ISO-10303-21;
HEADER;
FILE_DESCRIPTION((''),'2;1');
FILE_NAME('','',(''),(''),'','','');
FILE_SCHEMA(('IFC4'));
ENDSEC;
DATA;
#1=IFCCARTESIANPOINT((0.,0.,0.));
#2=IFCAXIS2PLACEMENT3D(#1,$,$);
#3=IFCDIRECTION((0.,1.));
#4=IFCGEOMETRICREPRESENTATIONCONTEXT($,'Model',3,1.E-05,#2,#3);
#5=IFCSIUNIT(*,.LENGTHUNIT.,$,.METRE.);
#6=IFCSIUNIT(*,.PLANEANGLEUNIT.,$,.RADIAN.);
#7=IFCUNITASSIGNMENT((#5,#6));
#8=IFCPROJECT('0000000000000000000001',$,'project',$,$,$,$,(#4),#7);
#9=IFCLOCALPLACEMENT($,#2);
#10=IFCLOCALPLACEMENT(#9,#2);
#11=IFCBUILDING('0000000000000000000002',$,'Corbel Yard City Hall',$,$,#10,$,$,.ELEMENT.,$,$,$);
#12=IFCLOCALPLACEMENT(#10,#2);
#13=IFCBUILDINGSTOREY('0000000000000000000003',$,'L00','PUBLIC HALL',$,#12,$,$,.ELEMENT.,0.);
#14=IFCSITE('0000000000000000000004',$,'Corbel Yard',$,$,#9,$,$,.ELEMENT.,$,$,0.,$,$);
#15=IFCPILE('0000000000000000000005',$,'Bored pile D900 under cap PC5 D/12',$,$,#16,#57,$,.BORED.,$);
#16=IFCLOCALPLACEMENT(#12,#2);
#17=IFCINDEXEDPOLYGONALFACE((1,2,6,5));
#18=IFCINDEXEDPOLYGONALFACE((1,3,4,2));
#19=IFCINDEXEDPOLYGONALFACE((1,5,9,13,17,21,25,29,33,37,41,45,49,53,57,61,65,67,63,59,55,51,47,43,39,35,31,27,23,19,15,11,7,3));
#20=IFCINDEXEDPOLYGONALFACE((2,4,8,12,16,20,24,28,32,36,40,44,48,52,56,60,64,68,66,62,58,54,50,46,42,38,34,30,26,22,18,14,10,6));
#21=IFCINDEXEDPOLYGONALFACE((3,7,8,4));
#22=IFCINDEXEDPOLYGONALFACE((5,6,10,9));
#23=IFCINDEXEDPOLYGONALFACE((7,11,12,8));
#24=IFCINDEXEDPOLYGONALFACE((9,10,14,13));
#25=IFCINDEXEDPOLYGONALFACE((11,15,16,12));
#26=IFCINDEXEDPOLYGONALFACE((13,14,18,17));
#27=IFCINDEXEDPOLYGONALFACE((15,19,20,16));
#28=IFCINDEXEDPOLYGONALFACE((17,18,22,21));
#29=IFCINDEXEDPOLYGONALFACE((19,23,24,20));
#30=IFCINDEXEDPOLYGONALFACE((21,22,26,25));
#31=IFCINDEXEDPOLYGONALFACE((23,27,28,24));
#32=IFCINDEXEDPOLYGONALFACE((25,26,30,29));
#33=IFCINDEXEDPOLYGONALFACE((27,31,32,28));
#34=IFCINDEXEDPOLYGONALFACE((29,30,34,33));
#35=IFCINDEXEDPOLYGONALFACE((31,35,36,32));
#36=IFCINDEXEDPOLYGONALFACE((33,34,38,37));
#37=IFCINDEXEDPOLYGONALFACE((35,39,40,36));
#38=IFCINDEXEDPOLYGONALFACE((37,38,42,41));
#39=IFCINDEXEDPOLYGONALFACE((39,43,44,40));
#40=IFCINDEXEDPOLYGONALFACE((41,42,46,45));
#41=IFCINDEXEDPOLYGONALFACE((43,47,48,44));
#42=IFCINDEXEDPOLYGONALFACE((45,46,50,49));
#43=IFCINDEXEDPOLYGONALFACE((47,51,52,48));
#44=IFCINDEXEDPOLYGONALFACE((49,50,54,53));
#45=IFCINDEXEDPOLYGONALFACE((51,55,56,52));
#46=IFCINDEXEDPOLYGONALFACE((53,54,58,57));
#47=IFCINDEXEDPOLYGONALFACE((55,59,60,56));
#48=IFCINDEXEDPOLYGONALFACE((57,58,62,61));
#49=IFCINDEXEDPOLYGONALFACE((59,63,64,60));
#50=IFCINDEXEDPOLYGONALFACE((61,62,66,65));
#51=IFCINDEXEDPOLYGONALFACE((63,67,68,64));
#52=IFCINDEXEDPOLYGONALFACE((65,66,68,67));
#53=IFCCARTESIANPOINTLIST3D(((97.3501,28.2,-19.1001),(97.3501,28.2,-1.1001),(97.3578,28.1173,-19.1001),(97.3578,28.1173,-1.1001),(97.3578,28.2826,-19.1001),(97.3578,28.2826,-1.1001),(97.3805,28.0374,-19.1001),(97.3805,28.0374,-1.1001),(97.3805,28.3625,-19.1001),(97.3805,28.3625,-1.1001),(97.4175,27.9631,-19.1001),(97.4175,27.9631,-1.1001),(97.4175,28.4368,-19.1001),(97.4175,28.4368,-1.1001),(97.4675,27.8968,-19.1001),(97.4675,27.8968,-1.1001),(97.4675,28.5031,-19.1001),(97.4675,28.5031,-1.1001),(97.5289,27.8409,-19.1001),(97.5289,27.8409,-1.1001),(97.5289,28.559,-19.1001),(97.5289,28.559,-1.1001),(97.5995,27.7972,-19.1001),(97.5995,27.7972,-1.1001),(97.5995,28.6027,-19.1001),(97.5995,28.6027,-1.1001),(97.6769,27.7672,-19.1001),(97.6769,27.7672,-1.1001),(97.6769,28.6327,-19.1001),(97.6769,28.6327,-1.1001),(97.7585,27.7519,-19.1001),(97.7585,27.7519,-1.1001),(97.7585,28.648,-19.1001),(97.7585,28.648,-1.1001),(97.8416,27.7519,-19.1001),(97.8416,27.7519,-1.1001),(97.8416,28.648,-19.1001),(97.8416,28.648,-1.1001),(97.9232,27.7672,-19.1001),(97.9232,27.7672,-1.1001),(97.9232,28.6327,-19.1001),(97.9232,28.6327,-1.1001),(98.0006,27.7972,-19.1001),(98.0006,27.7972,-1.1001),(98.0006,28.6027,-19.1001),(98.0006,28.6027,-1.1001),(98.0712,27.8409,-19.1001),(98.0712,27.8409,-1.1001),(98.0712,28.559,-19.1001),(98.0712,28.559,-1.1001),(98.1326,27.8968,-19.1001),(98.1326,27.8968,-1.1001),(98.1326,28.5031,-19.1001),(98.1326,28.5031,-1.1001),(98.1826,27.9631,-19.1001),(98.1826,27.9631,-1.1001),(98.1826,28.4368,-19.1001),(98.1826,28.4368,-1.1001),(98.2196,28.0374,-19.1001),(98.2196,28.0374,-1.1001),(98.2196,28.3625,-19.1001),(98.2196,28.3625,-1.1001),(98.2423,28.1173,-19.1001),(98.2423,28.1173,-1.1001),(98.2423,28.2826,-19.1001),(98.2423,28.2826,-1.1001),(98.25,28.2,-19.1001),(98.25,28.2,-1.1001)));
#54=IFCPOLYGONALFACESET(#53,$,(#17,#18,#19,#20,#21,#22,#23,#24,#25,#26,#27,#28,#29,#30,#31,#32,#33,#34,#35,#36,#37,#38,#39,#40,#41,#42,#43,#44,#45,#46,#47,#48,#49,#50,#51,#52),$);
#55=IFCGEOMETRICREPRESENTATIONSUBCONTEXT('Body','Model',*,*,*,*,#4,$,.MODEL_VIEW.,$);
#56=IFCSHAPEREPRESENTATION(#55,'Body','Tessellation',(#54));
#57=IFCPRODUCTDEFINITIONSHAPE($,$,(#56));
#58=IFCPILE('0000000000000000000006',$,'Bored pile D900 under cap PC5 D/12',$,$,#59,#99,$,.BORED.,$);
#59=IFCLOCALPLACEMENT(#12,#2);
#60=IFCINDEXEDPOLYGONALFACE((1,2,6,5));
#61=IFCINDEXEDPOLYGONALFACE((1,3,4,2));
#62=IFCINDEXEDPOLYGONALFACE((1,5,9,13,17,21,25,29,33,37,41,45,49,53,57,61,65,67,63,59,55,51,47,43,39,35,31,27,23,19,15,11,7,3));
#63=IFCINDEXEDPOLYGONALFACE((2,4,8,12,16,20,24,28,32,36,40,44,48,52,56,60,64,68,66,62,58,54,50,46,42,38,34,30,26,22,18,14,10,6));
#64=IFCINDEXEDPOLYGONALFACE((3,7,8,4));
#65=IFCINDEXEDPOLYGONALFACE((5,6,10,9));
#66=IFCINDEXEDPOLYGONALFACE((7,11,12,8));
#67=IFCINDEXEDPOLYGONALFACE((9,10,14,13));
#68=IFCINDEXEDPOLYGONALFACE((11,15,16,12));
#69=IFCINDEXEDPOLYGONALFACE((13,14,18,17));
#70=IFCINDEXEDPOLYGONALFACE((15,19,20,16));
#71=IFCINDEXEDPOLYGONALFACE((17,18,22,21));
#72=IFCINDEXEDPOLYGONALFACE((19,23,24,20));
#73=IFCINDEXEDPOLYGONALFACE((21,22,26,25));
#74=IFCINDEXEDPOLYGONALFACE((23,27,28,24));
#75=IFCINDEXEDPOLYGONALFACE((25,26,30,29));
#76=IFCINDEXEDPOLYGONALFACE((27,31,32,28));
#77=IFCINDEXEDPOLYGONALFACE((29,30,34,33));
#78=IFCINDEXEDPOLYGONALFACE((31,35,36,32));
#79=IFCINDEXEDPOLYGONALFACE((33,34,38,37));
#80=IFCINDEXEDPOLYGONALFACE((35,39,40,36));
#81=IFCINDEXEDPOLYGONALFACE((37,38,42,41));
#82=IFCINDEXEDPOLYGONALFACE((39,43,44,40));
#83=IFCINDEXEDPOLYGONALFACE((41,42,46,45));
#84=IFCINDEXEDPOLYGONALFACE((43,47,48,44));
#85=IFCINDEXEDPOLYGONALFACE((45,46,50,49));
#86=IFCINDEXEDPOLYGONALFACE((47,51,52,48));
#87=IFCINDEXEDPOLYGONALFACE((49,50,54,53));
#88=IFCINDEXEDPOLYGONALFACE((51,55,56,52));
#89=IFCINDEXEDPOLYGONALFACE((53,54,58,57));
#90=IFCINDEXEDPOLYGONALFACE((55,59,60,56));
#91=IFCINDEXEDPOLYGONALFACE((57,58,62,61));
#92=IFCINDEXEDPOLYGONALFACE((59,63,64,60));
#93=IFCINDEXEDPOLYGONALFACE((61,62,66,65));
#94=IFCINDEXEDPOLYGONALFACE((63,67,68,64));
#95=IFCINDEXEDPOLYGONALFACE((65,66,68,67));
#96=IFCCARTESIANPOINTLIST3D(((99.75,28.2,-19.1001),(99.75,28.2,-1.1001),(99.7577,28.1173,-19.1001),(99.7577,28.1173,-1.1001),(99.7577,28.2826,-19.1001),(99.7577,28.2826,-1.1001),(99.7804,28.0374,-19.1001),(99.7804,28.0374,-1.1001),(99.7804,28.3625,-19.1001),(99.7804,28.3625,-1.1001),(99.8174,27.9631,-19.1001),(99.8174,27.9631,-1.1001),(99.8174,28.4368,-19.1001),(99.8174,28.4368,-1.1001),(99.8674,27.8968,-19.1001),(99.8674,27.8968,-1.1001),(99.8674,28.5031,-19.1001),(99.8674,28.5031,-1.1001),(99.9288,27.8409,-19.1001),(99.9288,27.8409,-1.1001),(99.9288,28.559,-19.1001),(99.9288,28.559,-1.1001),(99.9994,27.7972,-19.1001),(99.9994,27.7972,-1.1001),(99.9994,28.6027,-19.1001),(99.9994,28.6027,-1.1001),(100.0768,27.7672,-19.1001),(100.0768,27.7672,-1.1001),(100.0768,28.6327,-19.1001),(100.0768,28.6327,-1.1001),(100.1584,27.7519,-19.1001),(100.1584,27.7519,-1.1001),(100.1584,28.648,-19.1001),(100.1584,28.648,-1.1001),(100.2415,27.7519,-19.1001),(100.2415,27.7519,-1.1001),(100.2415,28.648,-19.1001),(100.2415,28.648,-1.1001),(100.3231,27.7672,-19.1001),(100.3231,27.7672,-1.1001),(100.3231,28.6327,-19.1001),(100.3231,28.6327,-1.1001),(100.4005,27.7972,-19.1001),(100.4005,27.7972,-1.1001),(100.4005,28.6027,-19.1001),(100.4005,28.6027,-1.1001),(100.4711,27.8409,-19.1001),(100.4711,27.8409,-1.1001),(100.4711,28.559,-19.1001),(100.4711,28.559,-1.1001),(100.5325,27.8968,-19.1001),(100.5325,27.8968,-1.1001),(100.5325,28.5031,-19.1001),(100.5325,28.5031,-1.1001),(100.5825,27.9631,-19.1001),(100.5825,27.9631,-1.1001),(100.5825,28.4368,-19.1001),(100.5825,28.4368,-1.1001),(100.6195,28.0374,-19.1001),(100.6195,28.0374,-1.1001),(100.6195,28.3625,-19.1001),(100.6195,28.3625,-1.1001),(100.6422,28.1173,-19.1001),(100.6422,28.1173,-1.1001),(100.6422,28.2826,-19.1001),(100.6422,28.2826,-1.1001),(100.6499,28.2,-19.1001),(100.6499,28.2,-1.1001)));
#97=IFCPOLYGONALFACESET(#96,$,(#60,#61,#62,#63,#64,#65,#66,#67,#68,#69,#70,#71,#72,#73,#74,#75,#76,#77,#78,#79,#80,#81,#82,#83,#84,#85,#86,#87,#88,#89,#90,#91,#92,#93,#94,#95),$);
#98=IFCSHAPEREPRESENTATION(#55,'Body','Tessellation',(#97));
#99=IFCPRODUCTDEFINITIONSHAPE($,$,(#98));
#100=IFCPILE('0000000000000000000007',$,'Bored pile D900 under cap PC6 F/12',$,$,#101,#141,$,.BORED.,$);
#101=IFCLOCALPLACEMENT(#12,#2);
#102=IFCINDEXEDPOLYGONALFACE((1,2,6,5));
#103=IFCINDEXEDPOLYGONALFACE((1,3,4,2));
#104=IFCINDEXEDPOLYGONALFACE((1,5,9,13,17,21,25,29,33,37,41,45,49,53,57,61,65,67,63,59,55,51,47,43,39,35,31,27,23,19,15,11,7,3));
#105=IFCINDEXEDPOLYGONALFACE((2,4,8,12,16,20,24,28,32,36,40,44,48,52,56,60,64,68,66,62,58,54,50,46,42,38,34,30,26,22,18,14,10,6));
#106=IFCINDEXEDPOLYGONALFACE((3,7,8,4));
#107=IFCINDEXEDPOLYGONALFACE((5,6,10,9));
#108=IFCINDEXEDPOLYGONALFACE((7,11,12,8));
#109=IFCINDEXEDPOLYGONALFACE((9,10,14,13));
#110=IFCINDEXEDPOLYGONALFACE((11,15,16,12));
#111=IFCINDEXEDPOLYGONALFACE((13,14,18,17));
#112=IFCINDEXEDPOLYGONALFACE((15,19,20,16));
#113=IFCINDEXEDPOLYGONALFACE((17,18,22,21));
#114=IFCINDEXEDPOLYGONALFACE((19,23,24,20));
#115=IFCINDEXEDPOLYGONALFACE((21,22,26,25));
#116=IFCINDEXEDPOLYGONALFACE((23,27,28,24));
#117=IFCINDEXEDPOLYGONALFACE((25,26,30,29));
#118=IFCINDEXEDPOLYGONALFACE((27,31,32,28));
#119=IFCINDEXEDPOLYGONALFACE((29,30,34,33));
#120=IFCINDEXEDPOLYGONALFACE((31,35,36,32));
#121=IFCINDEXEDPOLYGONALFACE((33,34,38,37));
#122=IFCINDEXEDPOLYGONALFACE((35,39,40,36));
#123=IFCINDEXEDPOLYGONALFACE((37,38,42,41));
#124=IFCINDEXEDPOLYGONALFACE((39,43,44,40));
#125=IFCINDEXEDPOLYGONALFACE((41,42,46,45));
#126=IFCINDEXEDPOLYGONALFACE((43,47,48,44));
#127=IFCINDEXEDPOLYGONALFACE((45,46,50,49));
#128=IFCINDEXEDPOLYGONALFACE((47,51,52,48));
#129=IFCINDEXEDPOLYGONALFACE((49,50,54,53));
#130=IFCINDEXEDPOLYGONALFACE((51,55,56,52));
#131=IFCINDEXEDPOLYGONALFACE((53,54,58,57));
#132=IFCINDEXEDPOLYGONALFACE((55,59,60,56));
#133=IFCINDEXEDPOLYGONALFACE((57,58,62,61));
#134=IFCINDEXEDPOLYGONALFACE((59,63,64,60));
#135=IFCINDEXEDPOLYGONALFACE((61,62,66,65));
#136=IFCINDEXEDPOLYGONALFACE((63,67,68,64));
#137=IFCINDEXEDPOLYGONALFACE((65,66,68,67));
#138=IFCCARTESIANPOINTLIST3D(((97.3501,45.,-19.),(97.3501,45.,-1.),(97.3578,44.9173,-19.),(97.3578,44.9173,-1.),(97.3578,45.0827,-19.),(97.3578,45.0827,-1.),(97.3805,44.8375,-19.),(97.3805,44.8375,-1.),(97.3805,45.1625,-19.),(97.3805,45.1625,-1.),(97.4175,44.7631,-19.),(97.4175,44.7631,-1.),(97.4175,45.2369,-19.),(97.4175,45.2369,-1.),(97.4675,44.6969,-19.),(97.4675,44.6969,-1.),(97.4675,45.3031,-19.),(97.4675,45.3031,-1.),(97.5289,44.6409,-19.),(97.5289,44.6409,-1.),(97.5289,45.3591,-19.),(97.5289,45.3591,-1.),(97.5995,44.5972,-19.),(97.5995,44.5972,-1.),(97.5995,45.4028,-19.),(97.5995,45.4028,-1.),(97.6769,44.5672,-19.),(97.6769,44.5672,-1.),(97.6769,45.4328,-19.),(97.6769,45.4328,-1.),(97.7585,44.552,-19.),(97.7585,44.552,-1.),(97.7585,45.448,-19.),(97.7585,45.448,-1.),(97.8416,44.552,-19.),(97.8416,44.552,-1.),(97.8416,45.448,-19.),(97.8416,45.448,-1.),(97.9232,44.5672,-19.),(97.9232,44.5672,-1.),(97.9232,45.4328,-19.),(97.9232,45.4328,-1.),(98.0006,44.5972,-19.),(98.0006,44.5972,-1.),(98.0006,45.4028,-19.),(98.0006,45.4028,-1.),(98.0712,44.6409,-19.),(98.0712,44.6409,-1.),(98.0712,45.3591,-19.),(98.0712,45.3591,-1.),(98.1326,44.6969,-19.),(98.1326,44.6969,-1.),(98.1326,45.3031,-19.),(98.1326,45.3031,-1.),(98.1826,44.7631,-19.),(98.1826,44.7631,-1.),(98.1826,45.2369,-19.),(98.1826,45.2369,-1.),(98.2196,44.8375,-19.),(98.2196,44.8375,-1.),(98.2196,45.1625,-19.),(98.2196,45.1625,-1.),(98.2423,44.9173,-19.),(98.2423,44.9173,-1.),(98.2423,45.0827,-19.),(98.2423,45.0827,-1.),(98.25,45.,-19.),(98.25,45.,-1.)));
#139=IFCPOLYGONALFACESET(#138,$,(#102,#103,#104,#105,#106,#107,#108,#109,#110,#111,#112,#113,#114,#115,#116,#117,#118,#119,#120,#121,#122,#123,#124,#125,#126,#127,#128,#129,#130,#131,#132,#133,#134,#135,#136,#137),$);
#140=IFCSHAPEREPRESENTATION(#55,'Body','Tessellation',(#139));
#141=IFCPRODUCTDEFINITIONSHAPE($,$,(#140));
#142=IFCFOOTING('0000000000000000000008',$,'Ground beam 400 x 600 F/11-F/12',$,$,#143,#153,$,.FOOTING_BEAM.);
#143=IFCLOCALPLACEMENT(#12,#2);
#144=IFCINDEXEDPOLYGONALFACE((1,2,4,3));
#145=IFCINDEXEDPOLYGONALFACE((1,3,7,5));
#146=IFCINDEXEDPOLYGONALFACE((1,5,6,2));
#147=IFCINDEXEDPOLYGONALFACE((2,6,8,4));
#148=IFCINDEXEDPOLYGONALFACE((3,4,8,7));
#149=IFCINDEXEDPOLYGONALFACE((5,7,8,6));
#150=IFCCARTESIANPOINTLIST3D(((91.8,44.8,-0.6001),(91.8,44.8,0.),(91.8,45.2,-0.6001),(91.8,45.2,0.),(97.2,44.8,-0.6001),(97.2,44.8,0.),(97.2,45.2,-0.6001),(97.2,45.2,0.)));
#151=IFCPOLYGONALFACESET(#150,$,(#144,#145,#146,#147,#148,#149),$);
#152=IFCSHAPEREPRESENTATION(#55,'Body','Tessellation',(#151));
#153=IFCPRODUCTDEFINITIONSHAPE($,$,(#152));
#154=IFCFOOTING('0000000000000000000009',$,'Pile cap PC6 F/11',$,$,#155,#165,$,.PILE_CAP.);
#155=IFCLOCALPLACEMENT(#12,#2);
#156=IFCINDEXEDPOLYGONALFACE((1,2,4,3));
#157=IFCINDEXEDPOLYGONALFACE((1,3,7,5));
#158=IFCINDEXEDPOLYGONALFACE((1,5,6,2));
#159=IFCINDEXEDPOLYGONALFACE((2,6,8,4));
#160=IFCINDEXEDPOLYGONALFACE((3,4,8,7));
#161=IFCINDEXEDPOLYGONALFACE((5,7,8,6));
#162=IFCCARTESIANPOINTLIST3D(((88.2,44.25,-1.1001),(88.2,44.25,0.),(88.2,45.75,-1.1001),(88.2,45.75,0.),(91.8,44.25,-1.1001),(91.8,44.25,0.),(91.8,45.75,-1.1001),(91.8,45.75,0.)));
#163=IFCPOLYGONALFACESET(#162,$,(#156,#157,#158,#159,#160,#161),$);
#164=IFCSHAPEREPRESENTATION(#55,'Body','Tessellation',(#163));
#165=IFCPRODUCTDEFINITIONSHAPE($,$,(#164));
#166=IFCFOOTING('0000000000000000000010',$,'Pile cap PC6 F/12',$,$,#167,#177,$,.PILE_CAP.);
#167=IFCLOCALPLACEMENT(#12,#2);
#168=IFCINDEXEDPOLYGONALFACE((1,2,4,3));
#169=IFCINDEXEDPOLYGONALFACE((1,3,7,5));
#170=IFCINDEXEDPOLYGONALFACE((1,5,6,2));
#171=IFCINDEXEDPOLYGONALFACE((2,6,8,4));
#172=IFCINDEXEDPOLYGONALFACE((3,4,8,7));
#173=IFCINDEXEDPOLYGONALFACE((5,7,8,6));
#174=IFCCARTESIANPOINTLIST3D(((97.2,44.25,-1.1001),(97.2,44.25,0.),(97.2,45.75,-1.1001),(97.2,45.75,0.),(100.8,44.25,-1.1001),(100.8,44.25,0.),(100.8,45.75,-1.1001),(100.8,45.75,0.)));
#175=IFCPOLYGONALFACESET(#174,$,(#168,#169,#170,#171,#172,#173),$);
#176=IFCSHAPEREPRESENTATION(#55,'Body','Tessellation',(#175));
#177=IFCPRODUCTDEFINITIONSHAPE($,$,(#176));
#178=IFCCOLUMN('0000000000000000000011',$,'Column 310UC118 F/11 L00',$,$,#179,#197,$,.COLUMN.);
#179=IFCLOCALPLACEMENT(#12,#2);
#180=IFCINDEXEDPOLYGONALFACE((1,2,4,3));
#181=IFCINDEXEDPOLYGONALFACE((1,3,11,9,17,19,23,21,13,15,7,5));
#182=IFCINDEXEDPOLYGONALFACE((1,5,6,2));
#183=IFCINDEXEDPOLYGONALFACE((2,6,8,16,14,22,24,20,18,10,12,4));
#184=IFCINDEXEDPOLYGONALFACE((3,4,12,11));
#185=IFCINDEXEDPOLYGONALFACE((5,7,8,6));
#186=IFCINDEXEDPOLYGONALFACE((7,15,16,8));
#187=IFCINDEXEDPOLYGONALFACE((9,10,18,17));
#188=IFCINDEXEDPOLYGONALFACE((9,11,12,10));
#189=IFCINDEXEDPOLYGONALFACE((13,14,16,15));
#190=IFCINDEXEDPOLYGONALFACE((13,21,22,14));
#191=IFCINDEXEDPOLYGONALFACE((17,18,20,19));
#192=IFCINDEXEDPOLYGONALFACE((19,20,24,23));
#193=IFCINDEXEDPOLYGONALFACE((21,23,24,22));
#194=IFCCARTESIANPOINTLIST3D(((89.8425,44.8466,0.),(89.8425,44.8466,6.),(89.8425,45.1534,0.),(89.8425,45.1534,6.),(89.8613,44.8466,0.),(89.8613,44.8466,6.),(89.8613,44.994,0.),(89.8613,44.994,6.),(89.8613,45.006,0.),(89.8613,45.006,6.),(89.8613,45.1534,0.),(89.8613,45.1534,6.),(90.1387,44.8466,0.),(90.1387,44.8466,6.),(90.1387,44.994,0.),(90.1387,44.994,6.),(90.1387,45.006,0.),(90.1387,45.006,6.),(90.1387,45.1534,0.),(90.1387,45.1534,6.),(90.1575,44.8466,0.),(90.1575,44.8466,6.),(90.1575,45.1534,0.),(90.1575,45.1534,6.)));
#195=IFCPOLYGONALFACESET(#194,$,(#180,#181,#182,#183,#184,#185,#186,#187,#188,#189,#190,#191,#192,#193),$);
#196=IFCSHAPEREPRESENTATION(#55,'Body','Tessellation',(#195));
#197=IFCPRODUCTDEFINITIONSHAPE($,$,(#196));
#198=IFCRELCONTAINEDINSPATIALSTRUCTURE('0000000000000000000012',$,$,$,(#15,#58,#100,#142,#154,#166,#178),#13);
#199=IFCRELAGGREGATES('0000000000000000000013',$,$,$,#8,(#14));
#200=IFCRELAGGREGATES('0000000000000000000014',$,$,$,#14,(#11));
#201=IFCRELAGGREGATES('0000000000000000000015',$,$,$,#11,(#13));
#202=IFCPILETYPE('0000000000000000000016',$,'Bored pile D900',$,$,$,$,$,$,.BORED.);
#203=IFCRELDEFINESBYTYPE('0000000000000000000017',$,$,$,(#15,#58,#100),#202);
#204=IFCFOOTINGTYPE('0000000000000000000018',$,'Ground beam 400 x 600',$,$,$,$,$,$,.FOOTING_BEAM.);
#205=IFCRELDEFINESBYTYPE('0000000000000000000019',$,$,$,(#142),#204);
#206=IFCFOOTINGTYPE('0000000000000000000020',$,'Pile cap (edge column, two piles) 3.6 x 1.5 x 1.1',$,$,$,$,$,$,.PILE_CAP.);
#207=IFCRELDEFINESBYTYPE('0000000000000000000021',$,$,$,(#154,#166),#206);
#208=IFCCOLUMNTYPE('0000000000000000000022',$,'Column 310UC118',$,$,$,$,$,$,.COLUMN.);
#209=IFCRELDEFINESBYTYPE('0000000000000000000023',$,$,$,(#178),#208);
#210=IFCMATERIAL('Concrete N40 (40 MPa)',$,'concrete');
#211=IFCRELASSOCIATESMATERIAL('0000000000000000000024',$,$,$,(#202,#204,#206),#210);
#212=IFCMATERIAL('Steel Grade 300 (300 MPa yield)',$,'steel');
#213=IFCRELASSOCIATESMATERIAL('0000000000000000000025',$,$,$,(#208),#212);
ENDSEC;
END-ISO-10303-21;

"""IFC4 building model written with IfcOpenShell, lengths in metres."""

from ifc_helpers import new_model, si_unit, direction, frame, origin, origin_2d, place, context, subcontext, project, spatial, rectangle, circle, i_section, extrude, material, material_profile, profile_set, type_object, element, save


model = new_model("IFC4")

# Units and contexts
model_context = context("Model", 3, precision=1e-05, world=origin(), true_north=direction((0.0, 1.0)))
body_context = subcontext(model_context, "Body", "Model", "MODEL_VIEW")
ifc_project = project(units=[si_unit("LENGTHUNIT", "METRE"), si_unit("PLANEANGLEUNIT", "RADIAN")], contexts=[model_context])

# Site, building, storey
site_placement = place(None, origin())
site = spatial("IfcSite", under=ifc_project, at=site_placement, Name="Corbel Yard", CompositionType="ELEMENT", RefElevation=0.0)
building_placement = place(site_placement, origin())
building = spatial("IfcBuilding", under=site, at=building_placement, Name="Corbel Yard City Hall", CompositionType="ELEMENT")
storey_placement = place(building_placement, origin())
storey = spatial("IfcBuildingStorey", under=building, at=storey_placement, Name="L00", Description="PUBLIC HALL", CompositionType="ELEMENT", Elevation=0.0)

# Piles
ifc_material_1 = material(Name="Concrete N40 (40 MPa)", Category="concrete")
ifc_material_profile_1 = material_profile(ifc_material_1, circle(Radius=0.45, at=origin_2d()), Name="D900")
ifc_profile_set_1 = profile_set([ifc_material_profile_1], Name="Concrete N40 (40 MPa)")
pile_type = type_object("IfcPileType", Name="Bored pile D900", PredefinedType="BORED", material=ifc_profile_set_1)
for number, where, z_axis, x_axis, name in (
    (1, (97.8, 28.2, -1.1001), (0.0, 0.0, -1.0), (1.0, 0.0, 0.0), "Bored pile D900 under cap PC5 D/12"),
    (2, (100.2, 28.2, -1.1001), (0.0, 0.0, -1.0), (1.0, 0.0, 0.0), "Bored pile D900 under cap PC5 D/12"),
    (3, (97.8, 45.0, -1.0), (0.0, 0.0, -1.0), (1.0, 0.0, 0.0), "Bored pile D900 under cap PC6 F/12"),
):
    element("IfcPile", number, at=place(storey_placement, frame(where, z_axis=z_axis, x_axis=x_axis)), inside=storey, type_object=pile_type, Name=name, PredefinedType="BORED", context=body_context, shape_type="SweptSolid", body=[
        extrude(circle(Radius=0.45, at=origin_2d()), origin(), (0.0, 0.0, 1.0), 18.0),
    ])

# Footings
footing_type_1 = type_object("IfcFootingType", Name="Ground beam 400 x 600", PredefinedType="FOOTING_BEAM", material=ifc_material_1)
footing_placement = place(storey_placement, frame((94.5, 45.0, -0.6001), z_axis=(0.0, 0.0, 1.0), x_axis=(1.0, 0.0, 0.0)))
element("IfcFooting", 4, at=footing_placement, inside=storey, type_object=footing_type_1, Name="Ground beam 400 x 600 F/11-F/12", PredefinedType="FOOTING_BEAM", context=body_context, shape_type="SweptSolid", body=[
    extrude(rectangle(XDim=5.3999, YDim=0.3999, at=origin_2d()), origin(), (0.0, 0.0, 1.0), 0.6001),
])
footing_type_2 = type_object("IfcFootingType", Name="Pile cap (edge column, two piles) 3.6 x 1.5 x 1.1", PredefinedType="PILE_CAP", material=ifc_material_1)
for number, where, z_axis, x_axis, name in (
    (5, (90.0, 45.0, -1.1001), (0.0, 0.0, 1.0), (1.0, 0.0, 0.0), "Pile cap PC6 F/11"),
    (6, (99.0, 45.0, -1.1001), (0.0, 0.0, 1.0), (1.0, 0.0, 0.0), "Pile cap PC6 F/12"),
):
    element("IfcFooting", number, at=place(storey_placement, frame(where, z_axis=z_axis, x_axis=x_axis)), inside=storey, type_object=footing_type_2, Name=name, PredefinedType="PILE_CAP", context=body_context, shape_type="SweptSolid", body=[
        extrude(rectangle(XDim=3.6001, YDim=1.5, at=origin_2d()), origin(), (0.0, 0.0, 1.0), 1.1001),
    ])

# Column
ifc_material_2 = material(Name="Steel Grade 300 (300 MPa yield)", Category="steel")
ifc_material_profile_2 = material_profile(ifc_material_2, i_section(OverallWidth=0.3069, OverallDepth=0.3149, WebThickness=0.012, FlangeThickness=0.0188, at=origin_2d()), Name="310UC118")
ifc_profile_set_2 = profile_set([ifc_material_profile_2], Name="Steel Grade 300 (300 MPa yield)")
column_type = type_object("IfcColumnType", Name="Column 310UC118", PredefinedType="COLUMN", material=ifc_profile_set_2)
for number, where, z_axis, x_axis, name in (
    (7, (90.0, 45.0, 0.0), (0.0, 0.0, 1.0), (0.0, 1.0, 0.0), "Column 310UC118 F/11 L00"),
):
    element("IfcColumn", number, at=place(storey_placement, frame(where, z_axis=z_axis, x_axis=x_axis)), inside=storey, type_object=column_type, Name=name, PredefinedType="COLUMN", context=body_context, shape_type="SweptSolid", body=[
        extrude(i_section(OverallWidth=0.3069, OverallDepth=0.3149, WebThickness=0.012, FlangeThickness=0.0188, at=origin_2d()), origin(), (0.0, 0.0, 1.0), 6.0),
    ])

save(model, "model.ifc")
